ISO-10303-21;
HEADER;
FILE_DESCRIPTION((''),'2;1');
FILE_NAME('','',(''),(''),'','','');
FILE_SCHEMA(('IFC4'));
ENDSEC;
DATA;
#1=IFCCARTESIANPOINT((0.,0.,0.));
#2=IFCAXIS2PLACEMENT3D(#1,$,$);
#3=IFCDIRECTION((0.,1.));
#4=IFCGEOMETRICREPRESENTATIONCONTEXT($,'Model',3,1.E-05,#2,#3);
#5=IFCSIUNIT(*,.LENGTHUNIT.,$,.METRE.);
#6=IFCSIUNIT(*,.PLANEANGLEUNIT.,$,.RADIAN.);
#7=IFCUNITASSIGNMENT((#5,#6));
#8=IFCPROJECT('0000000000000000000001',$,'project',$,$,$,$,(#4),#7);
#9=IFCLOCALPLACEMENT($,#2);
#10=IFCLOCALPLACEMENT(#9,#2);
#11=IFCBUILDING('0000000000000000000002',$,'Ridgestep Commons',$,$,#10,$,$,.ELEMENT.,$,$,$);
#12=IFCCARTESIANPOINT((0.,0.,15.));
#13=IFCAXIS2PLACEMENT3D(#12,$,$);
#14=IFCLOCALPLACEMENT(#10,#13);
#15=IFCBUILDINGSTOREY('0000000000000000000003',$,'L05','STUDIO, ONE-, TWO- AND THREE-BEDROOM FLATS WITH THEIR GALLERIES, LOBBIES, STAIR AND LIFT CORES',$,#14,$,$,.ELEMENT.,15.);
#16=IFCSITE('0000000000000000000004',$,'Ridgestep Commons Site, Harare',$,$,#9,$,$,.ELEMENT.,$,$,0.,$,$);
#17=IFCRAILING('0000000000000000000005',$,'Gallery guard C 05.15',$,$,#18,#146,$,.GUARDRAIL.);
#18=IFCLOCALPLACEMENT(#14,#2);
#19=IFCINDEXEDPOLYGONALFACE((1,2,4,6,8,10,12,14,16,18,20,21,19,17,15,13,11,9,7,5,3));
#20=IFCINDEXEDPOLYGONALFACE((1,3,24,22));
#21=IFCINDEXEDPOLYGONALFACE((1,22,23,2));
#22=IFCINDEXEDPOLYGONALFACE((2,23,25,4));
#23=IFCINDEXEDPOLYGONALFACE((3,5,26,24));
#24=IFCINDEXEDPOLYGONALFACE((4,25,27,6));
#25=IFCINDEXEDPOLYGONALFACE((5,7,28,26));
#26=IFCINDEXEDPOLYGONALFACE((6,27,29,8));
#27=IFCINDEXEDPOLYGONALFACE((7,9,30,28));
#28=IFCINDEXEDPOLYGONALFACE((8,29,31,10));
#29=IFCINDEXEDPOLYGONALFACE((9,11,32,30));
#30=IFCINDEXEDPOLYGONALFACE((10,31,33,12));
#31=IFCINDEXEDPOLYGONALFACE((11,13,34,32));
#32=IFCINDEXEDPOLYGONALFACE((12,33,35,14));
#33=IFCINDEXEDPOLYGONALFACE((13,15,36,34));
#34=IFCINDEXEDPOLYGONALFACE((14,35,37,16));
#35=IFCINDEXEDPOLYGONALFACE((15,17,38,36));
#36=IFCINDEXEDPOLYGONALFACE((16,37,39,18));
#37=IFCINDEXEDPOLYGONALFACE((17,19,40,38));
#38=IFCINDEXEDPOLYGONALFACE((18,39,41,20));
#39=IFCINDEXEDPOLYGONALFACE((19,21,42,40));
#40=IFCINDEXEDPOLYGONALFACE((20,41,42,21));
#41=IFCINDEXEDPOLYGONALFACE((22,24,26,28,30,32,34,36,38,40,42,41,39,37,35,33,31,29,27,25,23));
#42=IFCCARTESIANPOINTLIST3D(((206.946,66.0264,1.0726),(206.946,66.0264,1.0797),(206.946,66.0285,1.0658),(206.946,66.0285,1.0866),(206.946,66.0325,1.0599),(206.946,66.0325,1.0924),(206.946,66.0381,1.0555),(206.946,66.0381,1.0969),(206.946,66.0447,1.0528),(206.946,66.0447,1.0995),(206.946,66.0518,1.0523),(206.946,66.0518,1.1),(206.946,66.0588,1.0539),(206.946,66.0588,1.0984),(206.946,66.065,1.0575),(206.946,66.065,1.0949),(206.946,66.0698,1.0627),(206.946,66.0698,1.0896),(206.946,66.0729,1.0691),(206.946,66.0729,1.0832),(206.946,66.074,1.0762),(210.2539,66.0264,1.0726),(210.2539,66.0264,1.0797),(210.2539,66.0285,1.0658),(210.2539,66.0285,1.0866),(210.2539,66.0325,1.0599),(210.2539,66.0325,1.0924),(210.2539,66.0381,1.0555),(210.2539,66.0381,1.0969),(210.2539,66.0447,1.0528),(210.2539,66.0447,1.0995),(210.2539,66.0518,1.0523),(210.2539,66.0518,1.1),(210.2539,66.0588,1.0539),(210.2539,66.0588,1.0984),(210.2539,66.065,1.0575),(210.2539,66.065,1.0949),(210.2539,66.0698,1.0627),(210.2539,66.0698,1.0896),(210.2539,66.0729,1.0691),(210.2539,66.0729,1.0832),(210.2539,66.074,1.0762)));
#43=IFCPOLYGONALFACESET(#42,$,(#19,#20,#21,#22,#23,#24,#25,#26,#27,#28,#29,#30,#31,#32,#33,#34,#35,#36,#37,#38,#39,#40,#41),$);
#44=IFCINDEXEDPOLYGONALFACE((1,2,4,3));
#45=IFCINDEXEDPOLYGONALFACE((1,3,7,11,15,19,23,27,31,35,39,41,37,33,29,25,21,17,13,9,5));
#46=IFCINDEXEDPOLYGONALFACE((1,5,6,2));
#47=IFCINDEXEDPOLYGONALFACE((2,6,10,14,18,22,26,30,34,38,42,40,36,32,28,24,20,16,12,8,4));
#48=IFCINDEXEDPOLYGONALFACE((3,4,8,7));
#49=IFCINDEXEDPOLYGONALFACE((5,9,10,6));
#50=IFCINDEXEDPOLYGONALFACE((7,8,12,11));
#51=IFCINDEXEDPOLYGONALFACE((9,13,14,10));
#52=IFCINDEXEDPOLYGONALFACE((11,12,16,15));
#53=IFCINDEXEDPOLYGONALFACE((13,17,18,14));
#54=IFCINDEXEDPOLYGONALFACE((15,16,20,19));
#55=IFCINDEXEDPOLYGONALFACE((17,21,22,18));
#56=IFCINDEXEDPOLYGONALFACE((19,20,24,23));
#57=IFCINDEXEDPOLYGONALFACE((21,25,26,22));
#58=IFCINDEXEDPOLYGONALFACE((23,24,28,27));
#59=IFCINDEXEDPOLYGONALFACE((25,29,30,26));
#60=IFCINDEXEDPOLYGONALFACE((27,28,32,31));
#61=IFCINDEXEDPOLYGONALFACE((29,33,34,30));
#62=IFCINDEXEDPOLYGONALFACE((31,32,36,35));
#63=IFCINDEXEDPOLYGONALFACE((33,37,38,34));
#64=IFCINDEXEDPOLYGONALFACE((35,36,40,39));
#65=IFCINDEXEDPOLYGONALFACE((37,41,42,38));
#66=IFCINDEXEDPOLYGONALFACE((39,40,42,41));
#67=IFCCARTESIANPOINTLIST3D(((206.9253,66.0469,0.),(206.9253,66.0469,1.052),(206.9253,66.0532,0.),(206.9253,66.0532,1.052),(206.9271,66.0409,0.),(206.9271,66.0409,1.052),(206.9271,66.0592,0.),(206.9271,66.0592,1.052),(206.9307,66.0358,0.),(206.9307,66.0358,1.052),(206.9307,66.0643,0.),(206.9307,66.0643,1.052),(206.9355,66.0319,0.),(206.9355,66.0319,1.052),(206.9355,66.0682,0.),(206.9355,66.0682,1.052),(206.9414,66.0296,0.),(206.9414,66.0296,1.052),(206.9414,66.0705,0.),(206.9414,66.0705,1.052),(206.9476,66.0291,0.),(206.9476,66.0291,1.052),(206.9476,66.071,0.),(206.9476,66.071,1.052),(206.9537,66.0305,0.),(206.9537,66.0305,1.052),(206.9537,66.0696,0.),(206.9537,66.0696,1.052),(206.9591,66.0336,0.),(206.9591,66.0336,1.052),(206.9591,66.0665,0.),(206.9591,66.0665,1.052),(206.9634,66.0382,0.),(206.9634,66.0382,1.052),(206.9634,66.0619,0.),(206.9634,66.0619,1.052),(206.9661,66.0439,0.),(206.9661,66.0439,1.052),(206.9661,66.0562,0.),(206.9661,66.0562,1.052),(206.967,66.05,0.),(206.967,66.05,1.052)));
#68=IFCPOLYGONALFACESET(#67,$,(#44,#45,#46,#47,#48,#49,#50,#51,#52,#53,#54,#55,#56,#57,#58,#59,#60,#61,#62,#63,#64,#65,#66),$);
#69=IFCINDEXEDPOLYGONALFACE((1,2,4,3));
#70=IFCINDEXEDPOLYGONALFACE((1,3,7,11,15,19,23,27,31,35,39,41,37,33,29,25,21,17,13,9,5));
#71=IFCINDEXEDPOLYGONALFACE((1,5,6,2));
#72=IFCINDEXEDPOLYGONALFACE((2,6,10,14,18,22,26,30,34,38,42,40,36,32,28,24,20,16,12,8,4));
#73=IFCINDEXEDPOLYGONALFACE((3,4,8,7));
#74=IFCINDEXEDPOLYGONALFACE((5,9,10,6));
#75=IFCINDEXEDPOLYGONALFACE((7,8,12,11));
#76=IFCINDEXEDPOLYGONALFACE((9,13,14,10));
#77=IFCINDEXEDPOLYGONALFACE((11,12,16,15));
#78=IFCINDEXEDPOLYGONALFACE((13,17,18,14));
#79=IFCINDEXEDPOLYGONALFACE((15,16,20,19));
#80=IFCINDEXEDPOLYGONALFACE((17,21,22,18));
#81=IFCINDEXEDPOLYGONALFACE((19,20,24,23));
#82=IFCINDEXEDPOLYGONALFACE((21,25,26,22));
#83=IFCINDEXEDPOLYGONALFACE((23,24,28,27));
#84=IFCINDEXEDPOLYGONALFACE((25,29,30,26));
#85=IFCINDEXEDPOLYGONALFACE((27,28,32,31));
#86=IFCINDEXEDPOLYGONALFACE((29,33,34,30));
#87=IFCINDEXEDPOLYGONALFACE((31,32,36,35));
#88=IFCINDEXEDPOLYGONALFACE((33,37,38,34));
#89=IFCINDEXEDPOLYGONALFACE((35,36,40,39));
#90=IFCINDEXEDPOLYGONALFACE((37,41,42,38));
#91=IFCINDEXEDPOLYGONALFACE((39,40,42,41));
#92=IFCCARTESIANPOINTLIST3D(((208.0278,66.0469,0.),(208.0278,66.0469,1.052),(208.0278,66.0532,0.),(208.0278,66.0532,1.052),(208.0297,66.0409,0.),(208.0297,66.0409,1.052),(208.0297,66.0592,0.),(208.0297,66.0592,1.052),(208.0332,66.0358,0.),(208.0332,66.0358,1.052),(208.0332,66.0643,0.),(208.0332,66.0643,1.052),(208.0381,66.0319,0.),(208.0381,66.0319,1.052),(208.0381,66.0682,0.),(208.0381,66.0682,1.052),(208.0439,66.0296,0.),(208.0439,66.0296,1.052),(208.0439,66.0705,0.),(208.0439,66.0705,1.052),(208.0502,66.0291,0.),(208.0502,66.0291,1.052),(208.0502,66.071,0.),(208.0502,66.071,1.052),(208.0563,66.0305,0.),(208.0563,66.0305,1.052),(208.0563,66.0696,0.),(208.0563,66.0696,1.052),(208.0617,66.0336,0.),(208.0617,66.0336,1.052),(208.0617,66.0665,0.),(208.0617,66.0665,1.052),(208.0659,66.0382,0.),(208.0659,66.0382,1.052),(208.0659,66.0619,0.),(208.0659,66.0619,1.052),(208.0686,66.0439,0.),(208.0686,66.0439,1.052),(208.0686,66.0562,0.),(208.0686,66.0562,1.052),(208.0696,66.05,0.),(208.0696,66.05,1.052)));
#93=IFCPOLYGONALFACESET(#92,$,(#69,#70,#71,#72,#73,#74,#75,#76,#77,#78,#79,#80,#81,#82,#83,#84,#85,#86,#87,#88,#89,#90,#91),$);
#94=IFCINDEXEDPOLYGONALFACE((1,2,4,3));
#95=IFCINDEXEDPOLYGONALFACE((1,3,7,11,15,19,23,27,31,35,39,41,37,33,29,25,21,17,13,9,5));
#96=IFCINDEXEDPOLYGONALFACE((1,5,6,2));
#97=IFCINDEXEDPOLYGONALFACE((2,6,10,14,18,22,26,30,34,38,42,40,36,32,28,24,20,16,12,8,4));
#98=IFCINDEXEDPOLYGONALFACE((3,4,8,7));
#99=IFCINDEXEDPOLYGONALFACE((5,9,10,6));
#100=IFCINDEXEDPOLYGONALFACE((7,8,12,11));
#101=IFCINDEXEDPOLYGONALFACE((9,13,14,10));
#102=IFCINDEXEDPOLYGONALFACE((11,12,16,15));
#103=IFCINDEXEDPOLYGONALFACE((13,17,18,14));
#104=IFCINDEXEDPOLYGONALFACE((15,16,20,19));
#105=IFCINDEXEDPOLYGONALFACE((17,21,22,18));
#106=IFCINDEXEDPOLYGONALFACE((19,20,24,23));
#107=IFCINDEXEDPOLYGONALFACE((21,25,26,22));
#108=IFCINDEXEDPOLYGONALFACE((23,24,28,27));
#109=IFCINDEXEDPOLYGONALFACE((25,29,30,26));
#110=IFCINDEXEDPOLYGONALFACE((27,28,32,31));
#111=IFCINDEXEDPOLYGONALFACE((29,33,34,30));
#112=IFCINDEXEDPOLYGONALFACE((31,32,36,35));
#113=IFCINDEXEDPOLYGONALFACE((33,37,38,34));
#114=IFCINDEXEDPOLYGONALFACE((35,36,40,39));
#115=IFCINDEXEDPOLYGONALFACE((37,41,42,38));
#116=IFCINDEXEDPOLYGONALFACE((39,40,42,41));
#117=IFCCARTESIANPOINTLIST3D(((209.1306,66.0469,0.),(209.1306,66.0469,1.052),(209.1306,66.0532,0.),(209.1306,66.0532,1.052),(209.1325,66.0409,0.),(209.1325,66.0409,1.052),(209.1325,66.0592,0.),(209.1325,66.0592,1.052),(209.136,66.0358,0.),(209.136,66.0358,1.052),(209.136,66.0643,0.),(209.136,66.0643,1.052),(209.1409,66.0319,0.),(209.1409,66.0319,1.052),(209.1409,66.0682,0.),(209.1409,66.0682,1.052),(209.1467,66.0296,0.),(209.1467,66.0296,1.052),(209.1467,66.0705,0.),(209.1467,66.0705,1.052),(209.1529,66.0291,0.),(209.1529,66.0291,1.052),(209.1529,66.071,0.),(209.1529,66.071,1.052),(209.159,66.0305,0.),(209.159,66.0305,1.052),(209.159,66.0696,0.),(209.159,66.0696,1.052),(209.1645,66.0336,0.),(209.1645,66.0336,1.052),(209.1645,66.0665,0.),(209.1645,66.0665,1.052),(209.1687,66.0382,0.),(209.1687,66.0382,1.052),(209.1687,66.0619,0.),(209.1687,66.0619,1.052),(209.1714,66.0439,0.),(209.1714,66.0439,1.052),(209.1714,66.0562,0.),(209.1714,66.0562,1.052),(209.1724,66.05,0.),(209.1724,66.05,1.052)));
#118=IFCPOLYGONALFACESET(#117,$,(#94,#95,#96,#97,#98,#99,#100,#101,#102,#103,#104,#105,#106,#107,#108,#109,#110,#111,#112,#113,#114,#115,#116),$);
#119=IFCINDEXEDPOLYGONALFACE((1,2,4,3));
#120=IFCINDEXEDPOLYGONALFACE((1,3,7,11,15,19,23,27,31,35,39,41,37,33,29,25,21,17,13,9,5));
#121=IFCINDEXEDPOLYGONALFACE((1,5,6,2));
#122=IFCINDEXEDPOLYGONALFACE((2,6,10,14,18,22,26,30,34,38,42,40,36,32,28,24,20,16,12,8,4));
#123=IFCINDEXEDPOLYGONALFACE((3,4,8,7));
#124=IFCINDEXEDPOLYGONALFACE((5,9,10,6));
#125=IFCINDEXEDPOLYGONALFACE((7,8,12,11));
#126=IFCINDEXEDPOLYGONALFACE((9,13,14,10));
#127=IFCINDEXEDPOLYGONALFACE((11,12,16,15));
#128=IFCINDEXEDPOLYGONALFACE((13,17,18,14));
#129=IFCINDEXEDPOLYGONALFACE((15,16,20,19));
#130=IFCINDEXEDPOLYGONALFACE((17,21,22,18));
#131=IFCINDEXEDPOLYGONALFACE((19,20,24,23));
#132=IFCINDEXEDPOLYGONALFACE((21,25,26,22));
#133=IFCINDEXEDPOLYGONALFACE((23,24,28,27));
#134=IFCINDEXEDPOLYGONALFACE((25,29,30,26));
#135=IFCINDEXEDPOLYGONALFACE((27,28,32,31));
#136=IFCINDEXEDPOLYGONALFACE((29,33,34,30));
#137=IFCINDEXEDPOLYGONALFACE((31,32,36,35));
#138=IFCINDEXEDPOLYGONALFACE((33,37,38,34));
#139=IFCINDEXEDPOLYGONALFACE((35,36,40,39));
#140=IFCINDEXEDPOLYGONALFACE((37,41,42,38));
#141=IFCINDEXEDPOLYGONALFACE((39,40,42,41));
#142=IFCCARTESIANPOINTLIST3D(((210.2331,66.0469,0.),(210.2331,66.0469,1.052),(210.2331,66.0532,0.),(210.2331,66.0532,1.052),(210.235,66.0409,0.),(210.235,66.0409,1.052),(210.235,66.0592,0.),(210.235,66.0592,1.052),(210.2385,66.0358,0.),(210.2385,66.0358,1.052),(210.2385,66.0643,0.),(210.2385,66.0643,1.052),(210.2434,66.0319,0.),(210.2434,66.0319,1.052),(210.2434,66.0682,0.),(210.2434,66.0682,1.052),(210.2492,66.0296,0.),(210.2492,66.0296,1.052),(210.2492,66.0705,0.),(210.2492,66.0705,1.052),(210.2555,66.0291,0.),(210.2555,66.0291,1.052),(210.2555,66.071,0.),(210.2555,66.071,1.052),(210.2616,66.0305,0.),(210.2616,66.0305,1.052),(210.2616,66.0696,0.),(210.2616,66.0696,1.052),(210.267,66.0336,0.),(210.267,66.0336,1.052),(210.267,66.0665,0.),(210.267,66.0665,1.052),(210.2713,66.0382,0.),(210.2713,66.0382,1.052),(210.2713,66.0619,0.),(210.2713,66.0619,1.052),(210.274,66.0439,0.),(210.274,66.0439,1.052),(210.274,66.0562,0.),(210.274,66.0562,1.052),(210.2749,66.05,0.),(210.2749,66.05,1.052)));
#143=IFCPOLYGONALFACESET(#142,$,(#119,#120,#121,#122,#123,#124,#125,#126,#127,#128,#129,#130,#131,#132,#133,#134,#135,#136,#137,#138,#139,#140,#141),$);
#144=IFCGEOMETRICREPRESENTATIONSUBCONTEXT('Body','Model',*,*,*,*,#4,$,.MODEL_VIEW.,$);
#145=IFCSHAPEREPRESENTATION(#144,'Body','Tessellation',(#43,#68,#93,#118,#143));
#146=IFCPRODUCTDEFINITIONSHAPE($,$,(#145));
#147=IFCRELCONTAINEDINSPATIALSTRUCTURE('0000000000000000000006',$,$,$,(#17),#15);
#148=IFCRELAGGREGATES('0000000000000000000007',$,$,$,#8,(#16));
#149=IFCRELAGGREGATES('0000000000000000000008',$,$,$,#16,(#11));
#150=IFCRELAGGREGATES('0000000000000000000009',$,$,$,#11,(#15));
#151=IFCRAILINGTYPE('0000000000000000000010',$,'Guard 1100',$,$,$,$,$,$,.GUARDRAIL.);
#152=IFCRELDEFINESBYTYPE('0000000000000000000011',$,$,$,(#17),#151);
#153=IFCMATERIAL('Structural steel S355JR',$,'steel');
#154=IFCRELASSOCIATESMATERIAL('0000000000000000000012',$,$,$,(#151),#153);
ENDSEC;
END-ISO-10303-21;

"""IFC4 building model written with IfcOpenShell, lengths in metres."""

from ifc_helpers import new_model, si_unit, direction, frame, origin, origin_2d, place, context, subcontext, project, spatial, circle, extrude, material, type_object, element, save


model = new_model("IFC4")

# Units and contexts
model_context = context("Model", 3, precision=1e-05, world=origin(), true_north=direction((0.0, 1.0)))
body_context = subcontext(model_context, "Body", "Model", "MODEL_VIEW")
ifc_project = project(units=[si_unit("LENGTHUNIT", "METRE"), si_unit("PLANEANGLEUNIT", "RADIAN")], contexts=[model_context])

# Site, building, storey
site_placement = place(None, origin())
site = spatial("IfcSite", under=ifc_project, at=site_placement, Name="Ridgestep Commons Site, Harare", CompositionType="ELEMENT", RefElevation=0.0)
building_placement = place(site_placement, origin())
building = spatial("IfcBuilding", under=site, at=building_placement, Name="Ridgestep Commons", CompositionType="ELEMENT")
storey_placement = place(building_placement, frame((0.0, 0.0, 15.0)))
storey = spatial("IfcBuildingStorey", under=building, at=storey_placement, Name="L05", Description="STUDIO, ONE-, TWO- AND THREE-BEDROOM FLATS WITH THEIR GALLERIES, LOBBIES, STAIR AND LIFT CORES", CompositionType="ELEMENT", Elevation=15.0)

# Railing
ifc_material_1 = material(Name="Structural steel S355JR", Category="steel")
railing_type = type_object("IfcRailingType", Name="Guard 1100", PredefinedType="GUARDRAIL", material=ifc_material_1)
railing_1_placement = place(storey_placement, frame((206.946, 66.05, 0.0)))
element("IfcRailing", 1, at=railing_1_placement, inside=storey, type_object=railing_type, Name="Gallery guard C 05.15", PredefinedType="GUARDRAIL", context=body_context, shape_type="SweptSolid", body=[
    extrude(circle(Radius=0.0239, at=origin_2d()), frame((0.0, 0.0, 1.0762), z_axis=(1.0, 0.0, 0.0), x_axis=(0.0, 1.0, 0.0)), (0.0, 0.0, 1.0), 3.3079),
    extrude(circle(Radius=0.021, at=origin_2d()), origin(), (0.0, 0.0, 1.0), 1.052),
    extrude(circle(Radius=0.021, at=origin_2d()), frame((1.1025, 0.0, 0.0)), (0.0, 0.0, 1.0), 1.052),
    extrude(circle(Radius=0.021, at=origin_2d()), frame((2.2053, 0.0, 0.0)), (0.0, 0.0, 1.0), 1.052),
    extrude(circle(Radius=0.021, at=origin_2d()), frame((3.3079, 0.0, 0.0)), (0.0, 0.0, 1.0), 1.052),
])

save(model, "model.ifc")
